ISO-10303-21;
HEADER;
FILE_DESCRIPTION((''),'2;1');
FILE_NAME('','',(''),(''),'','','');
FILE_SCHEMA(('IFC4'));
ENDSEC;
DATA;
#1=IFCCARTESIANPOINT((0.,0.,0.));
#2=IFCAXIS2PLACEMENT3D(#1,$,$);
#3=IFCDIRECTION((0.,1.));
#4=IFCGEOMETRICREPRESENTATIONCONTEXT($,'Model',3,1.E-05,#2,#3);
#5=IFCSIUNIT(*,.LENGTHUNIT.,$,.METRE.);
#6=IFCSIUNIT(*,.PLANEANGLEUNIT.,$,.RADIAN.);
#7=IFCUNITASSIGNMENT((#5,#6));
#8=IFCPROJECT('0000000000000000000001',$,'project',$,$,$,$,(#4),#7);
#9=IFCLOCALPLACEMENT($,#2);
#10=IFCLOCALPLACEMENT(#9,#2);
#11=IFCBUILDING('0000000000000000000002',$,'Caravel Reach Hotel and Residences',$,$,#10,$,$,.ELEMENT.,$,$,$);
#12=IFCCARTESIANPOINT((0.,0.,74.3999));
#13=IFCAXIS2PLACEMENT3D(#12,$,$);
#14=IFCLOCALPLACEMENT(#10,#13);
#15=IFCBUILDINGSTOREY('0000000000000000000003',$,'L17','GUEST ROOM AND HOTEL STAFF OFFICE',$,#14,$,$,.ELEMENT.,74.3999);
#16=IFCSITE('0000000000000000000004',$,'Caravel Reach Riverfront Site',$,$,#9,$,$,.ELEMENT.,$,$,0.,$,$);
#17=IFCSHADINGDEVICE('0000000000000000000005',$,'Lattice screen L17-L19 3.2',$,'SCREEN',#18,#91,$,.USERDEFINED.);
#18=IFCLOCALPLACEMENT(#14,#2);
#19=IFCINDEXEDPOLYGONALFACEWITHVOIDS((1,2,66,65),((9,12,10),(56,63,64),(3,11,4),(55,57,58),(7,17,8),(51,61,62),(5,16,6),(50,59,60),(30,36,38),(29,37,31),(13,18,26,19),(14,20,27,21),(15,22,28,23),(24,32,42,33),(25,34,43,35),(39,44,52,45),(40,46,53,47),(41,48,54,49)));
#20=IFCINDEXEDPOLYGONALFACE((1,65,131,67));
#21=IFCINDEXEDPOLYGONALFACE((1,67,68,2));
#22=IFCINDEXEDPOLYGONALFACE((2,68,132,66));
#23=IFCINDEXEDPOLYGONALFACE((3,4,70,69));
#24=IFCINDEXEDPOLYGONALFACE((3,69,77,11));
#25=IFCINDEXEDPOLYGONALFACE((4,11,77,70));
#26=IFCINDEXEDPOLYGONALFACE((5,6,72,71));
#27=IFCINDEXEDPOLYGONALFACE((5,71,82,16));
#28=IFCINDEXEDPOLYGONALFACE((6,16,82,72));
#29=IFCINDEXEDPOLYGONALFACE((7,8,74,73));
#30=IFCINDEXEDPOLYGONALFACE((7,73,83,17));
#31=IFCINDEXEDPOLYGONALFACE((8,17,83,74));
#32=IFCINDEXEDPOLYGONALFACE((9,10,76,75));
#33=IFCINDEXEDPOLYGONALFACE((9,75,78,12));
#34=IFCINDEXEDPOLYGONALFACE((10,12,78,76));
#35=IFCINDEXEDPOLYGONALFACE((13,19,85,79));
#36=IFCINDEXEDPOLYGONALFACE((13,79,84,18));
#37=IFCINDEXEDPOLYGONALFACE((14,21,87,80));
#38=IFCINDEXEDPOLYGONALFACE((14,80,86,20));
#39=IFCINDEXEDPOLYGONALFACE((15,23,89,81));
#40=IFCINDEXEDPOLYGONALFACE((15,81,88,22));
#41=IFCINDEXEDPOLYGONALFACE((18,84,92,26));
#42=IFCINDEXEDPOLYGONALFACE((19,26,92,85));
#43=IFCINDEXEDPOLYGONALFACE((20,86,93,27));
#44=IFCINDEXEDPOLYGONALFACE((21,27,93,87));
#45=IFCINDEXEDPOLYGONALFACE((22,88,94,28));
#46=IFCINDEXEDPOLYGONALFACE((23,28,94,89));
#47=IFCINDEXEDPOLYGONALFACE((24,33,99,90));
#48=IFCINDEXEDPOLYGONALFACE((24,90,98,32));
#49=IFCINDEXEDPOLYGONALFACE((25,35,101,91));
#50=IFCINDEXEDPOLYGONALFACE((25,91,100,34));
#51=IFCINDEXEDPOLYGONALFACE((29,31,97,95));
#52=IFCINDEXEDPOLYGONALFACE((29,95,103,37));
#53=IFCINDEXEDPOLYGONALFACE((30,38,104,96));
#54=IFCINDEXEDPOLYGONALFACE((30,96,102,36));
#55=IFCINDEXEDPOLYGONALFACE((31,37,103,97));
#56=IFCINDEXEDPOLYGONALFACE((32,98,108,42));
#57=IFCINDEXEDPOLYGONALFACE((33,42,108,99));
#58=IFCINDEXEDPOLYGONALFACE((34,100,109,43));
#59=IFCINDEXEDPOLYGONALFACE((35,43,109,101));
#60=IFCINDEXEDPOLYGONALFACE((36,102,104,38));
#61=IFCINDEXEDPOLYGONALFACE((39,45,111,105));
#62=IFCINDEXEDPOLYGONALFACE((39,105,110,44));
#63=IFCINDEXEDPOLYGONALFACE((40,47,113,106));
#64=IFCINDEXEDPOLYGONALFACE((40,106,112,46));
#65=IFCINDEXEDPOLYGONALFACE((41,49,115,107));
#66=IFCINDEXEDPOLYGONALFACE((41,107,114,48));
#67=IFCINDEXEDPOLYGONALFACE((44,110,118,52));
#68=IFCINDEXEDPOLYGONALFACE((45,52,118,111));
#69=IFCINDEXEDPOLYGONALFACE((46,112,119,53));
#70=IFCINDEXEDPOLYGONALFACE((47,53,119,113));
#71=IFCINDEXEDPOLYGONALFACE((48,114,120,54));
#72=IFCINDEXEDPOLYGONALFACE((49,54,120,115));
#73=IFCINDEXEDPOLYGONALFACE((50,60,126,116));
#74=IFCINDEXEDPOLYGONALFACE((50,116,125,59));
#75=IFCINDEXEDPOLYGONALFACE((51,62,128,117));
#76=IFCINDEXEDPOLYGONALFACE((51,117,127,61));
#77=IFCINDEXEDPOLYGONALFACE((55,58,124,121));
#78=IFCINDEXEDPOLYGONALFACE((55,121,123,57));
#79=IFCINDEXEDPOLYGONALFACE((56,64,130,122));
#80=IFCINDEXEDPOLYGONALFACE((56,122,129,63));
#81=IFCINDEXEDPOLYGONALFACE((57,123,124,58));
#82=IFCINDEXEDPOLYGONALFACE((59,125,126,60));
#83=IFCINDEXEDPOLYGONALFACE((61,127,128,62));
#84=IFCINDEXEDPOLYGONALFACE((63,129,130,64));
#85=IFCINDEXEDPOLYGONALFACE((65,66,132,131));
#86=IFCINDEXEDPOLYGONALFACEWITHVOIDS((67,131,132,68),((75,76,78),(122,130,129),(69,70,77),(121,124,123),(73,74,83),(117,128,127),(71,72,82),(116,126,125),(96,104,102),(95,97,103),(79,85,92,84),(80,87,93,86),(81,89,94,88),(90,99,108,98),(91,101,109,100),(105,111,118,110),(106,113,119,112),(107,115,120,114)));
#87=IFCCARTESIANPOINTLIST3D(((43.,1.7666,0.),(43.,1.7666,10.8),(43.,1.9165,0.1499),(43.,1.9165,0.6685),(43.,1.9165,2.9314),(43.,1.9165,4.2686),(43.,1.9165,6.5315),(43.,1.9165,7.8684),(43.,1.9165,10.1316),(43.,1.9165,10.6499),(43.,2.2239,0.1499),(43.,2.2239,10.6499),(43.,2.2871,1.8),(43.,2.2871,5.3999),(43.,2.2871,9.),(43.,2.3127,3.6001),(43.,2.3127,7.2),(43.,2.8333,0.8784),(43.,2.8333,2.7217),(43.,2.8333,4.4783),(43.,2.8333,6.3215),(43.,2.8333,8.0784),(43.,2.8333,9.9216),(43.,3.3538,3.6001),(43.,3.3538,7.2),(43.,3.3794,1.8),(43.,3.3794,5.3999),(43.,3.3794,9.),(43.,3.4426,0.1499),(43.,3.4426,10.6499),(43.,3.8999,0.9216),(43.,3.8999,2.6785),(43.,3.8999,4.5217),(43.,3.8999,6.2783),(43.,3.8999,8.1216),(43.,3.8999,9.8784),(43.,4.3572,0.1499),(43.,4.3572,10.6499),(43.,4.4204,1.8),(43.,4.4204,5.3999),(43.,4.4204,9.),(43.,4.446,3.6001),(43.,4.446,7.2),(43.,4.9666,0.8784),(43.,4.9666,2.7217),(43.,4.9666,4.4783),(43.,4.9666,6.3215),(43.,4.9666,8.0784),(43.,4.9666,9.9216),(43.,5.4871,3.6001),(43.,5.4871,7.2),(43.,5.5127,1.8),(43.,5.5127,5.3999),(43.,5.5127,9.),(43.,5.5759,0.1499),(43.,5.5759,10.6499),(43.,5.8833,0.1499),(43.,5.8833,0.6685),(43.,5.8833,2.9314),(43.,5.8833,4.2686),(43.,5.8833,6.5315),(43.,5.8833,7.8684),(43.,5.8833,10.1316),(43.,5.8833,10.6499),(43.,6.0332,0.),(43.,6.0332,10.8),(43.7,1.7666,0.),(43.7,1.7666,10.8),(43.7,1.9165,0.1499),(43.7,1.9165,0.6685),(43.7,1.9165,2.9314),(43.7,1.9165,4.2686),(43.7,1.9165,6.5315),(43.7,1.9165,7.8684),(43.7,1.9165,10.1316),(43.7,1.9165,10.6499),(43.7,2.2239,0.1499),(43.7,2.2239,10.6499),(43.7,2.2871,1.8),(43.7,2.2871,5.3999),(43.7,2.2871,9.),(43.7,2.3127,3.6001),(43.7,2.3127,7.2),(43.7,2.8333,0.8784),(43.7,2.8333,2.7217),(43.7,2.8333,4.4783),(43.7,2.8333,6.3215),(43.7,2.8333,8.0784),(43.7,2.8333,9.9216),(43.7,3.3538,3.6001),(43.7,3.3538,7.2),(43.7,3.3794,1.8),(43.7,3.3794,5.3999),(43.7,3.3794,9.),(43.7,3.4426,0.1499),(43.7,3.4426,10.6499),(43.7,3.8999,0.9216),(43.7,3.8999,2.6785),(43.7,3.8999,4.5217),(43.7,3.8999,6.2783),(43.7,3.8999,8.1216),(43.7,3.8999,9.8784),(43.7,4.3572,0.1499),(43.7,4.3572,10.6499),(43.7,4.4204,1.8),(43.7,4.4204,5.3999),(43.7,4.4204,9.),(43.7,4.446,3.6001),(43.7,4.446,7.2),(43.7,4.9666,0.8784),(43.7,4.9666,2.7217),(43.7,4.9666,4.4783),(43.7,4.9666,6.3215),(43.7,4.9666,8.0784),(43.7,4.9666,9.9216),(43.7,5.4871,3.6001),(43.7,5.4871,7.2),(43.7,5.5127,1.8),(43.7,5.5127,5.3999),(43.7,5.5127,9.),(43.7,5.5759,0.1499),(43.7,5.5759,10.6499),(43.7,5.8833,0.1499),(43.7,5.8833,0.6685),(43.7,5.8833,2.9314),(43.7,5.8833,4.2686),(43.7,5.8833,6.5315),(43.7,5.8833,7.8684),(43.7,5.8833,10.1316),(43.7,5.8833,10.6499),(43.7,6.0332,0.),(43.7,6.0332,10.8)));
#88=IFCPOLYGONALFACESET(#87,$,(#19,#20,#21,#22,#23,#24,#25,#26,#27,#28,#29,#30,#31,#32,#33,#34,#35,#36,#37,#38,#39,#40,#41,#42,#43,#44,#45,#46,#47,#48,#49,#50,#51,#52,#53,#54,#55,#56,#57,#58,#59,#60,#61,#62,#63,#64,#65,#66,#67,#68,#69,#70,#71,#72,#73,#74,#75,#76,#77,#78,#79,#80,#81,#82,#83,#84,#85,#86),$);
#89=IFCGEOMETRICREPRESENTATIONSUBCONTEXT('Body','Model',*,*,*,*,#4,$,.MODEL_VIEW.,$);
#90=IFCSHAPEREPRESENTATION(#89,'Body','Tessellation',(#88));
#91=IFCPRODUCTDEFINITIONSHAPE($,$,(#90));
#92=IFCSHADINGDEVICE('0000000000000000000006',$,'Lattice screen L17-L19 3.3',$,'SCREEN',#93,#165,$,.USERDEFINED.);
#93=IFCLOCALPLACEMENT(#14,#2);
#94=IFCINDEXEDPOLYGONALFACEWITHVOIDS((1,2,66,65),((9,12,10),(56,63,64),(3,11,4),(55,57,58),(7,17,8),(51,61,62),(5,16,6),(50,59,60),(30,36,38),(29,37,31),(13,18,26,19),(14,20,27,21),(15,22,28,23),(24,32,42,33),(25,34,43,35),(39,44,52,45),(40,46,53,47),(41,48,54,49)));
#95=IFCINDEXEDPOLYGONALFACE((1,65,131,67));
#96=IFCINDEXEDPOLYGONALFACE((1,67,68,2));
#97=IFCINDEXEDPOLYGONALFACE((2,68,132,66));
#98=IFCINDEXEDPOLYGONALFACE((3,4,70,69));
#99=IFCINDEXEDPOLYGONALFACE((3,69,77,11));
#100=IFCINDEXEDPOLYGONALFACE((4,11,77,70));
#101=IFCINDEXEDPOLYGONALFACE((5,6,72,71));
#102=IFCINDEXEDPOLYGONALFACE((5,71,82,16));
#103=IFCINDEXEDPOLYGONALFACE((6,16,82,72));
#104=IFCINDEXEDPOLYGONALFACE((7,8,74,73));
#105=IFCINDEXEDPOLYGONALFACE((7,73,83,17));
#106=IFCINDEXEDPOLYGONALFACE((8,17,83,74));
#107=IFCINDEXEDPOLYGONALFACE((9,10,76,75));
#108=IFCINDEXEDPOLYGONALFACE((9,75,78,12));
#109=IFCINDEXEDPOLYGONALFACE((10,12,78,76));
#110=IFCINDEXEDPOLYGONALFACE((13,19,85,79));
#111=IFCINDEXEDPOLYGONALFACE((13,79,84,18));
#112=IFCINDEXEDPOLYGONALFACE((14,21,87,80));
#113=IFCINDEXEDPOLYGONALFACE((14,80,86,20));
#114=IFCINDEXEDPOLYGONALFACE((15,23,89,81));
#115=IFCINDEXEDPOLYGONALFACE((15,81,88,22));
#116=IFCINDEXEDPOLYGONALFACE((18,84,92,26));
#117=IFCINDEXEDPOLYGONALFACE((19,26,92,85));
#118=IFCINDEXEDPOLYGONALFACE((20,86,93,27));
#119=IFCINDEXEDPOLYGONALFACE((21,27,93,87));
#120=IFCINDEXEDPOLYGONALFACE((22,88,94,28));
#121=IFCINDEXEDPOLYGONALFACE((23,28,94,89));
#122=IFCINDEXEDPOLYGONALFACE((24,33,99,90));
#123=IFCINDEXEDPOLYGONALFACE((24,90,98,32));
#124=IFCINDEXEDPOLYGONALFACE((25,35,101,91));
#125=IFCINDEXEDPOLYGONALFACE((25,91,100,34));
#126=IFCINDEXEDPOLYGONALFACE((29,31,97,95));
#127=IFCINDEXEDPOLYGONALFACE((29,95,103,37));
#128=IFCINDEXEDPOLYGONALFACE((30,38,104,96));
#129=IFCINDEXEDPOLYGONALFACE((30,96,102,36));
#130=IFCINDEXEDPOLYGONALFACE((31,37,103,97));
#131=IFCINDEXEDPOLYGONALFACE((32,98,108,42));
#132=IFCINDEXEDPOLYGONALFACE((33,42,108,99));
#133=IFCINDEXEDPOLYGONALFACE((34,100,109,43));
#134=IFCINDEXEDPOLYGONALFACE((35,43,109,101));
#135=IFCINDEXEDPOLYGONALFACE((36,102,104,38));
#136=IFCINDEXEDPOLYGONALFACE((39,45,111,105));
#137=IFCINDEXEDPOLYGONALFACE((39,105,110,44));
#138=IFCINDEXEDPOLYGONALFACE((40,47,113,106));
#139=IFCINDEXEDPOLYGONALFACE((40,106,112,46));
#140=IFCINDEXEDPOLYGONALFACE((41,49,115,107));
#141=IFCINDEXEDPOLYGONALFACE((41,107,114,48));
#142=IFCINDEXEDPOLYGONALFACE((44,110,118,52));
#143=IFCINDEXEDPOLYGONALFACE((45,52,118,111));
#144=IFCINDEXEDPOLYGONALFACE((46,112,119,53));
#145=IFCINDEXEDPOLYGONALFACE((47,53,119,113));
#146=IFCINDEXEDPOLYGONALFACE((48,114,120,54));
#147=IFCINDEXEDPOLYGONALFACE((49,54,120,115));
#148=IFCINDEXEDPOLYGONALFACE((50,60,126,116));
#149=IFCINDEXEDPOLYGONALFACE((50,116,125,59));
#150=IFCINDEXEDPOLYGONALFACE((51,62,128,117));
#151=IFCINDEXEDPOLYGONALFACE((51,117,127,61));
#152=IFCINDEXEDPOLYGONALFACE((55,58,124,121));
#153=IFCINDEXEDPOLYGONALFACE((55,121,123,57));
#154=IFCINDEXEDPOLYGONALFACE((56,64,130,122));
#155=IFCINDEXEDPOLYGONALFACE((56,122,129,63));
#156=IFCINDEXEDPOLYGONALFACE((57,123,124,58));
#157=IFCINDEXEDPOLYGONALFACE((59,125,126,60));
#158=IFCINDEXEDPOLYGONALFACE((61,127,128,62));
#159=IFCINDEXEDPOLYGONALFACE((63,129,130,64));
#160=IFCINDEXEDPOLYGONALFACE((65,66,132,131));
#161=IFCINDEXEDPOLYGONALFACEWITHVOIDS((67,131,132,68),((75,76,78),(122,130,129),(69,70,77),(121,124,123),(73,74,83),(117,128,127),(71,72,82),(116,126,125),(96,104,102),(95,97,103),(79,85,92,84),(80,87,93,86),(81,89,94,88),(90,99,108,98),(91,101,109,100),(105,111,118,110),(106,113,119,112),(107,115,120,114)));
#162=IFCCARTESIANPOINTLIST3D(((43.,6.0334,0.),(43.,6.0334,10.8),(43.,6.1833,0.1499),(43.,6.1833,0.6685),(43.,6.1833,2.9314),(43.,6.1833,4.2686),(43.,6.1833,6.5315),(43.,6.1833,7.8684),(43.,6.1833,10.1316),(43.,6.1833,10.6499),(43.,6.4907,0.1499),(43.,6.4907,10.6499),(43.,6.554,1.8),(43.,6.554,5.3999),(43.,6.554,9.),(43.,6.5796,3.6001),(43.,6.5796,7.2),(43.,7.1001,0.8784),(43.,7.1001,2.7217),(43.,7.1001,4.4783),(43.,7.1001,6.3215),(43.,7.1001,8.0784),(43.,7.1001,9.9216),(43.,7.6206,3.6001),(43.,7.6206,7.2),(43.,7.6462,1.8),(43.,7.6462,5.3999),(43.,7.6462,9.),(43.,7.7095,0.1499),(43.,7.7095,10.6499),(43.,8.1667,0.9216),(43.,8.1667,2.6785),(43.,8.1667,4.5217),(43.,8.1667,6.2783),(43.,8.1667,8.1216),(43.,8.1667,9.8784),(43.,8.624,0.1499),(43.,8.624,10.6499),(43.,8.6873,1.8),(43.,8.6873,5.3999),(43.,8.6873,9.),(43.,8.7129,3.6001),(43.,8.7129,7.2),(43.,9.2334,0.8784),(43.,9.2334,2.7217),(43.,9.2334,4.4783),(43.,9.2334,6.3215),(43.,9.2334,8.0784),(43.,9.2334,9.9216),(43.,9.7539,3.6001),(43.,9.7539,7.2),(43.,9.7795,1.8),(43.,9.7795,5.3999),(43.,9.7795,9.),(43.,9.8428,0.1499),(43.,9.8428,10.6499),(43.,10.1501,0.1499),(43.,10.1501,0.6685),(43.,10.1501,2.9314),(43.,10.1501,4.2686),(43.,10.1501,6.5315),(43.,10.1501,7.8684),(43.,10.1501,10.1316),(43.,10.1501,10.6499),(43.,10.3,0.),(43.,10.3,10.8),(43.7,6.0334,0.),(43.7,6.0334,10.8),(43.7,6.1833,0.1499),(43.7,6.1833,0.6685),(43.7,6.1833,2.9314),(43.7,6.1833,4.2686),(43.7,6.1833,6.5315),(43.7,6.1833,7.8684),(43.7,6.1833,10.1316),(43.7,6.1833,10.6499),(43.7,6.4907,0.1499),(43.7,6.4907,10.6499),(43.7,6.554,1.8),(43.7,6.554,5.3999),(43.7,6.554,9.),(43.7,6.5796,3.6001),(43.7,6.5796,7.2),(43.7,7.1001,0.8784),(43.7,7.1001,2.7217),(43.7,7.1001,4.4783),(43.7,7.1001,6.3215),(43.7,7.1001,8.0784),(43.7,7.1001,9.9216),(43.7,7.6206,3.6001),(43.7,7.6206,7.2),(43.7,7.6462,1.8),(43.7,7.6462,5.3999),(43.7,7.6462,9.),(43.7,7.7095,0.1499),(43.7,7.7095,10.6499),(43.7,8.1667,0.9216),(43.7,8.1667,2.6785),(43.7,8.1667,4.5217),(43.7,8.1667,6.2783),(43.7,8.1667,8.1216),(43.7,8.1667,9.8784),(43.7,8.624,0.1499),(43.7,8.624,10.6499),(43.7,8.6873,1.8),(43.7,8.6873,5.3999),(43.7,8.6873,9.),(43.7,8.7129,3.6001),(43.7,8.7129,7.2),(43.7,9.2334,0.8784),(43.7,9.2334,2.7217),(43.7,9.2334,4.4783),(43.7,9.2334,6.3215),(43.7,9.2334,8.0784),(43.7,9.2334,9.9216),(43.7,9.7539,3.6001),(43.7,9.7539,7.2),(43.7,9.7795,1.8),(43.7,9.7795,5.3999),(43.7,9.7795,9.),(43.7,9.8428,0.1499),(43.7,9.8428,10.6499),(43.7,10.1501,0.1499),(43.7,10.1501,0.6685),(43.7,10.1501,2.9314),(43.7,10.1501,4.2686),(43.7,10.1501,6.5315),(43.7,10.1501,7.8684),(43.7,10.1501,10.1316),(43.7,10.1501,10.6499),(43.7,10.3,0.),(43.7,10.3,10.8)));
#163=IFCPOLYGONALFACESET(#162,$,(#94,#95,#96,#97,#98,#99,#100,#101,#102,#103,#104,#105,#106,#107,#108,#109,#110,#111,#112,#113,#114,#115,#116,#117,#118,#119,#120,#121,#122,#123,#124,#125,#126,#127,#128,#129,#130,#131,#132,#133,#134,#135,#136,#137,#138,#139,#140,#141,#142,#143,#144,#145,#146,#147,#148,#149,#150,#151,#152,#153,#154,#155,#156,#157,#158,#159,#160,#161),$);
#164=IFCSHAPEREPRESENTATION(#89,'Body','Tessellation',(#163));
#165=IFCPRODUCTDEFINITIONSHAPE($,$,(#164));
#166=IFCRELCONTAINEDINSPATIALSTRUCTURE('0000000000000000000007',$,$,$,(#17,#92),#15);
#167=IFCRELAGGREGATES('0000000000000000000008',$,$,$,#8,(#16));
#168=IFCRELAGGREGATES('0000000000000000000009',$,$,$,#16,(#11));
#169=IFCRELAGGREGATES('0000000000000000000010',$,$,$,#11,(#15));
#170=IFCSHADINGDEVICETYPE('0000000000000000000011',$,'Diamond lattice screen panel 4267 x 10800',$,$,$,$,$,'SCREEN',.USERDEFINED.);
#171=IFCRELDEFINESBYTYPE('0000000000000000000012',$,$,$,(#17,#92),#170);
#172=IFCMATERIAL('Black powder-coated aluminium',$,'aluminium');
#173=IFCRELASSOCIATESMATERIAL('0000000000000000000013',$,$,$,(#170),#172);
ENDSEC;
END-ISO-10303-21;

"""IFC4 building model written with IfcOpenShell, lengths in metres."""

from ifc_helpers import new_model, si_unit, direction, frame, origin, place, context, subcontext, project, spatial, polyline, outline, extrude, material, type_object, element, save


model = new_model("IFC4")

# Units and contexts
model_context = context("Model", 3, precision=1e-05, world=origin(), true_north=direction((0.0, 1.0)))
body_context = subcontext(model_context, "Body", "Model", "MODEL_VIEW")
ifc_project = project(units=[si_unit("LENGTHUNIT", "METRE"), si_unit("PLANEANGLEUNIT", "RADIAN")], contexts=[model_context])

# Site, building, storey
site_placement = place(None, origin())
site = spatial("IfcSite", under=ifc_project, at=site_placement, Name="Caravel Reach Riverfront Site", CompositionType="ELEMENT", RefElevation=0.0)
building_placement = place(site_placement, origin())
building = spatial("IfcBuilding", under=site, at=building_placement, Name="Caravel Reach Hotel and Residences", CompositionType="ELEMENT")
storey_placement = place(building_placement, frame((0.0, 0.0, 74.3999)))
storey = spatial("IfcBuildingStorey", under=building, at=storey_placement, Name="L17", Description="GUEST ROOM AND HOTEL STAFF OFFICE", CompositionType="ELEMENT", Elevation=74.3999)

# Shading devices
ifc_material_1 = material(Name="Black powder-coated aluminium", Category="aluminium")
shading_device_type = type_object("IfcShadingDeviceType", Name="Diamond lattice screen panel 4267 x 10800", ElementType="SCREEN", PredefinedType="USERDEFINED", material=ifc_material_1)
shading_device_1_placement = place(storey_placement, frame((43.0, 1.7666, 0.0), z_axis=(1.0, 0.0, 0.0), x_axis=(0.0, 1.0, 0.0)))
element("IfcShadingDevice", 1, at=shading_device_1_placement, inside=storey, type_object=shading_device_type, Name="Lattice screen L17-L19 3.2", ObjectType="SCREEN", PredefinedType="USERDEFINED", context=body_context, shape_type="SweptSolid", body=[
    extrude(outline(polyline([(0.0, 0.0), (4.2666, 0.0), (4.2666, 10.8), (0.0, 10.8), (0.0, 0.0)]), holes=[polyline([(0.4573, 0.1499), (0.1499, 0.6685), (0.1499, 0.1499), (0.4573, 0.1499)]), polyline([(0.5461, 3.6001), (0.1499, 4.2686), (0.1499, 2.9314), (0.5461, 3.6001)]), polyline([(0.5461, 7.2), (0.1499, 7.8684), (0.1499, 6.5315), (0.5461, 7.2)]), polyline([(0.1499, 10.1316), (0.4573, 10.6499), (0.1499, 10.6499), (0.1499, 10.1316)]), polyline([(1.0667, 2.7217), (0.5205, 1.8), (1.0667, 0.8784), (1.6128, 1.8), (1.0667, 2.7217)]), polyline([(1.0667, 6.3215), (0.5205, 5.3999), (1.0667, 4.4783), (1.6128, 5.3999), (1.0667, 6.3215)]), polyline([(1.0667, 9.9216), (0.5205, 9.0), (1.0667, 8.0784), (1.6128, 9.0), (1.0667, 9.9216)]), polyline([(2.1333, 0.9216), (1.676, 0.1499), (2.5906, 0.1499), (2.1333, 0.9216)]), polyline([(2.1333, 4.5217), (1.5872, 3.6001), (2.1333, 2.6785), (2.6794, 3.6001), (2.1333, 4.5217)]), polyline([(2.1333, 8.1216), (1.5872, 7.2), (2.1333, 6.2783), (2.6794, 7.2), (2.1333, 8.1216)]), polyline([(2.1333, 9.8784), (2.5906, 10.6499), (1.676, 10.6499), (2.1333, 9.8784)]), polyline([(3.2, 2.7217), (2.6538, 1.8), (3.2, 0.8784), (3.7461, 1.8), (3.2, 2.7217)]), polyline([(3.2, 6.3215), (2.6538, 5.3999), (3.2, 4.4783), (3.7461, 5.3999), (3.2, 6.3215)]), polyline([(3.2, 9.9216), (2.6538, 9.0), (3.2, 8.0784), (3.7461, 9.0), (3.2, 9.9216)]), polyline([(4.1167, 0.6685), (3.8093, 0.1499), (4.1167, 0.1499), (4.1167, 0.6685)]), polyline([(3.7205, 3.6001), (4.1167, 2.9314), (4.1167, 4.2686), (3.7205, 3.6001)]), polyline([(3.7205, 7.2), (4.1167, 6.5315), (4.1167, 7.8684), (3.7205, 7.2)]), polyline([(3.8093, 10.6499), (4.1167, 10.1316), (4.1167, 10.6499), (3.8093, 10.6499)])]), origin(), (0.0, 0.0, 1.0), 0.7),
])
shading_device_2_placement = place(storey_placement, frame((43.0, 6.0334, 0.0), z_axis=(1.0, 0.0, 0.0), x_axis=(0.0, 1.0, 0.0)))
element("IfcShadingDevice", 2, at=shading_device_2_placement, inside=storey, type_object=shading_device_type, Name="Lattice screen L17-L19 3.3", ObjectType="SCREEN", PredefinedType="USERDEFINED", context=body_context, shape_type="SweptSolid", body=[
    extrude(outline(polyline([(0.0, 0.0), (4.2666, 0.0), (4.2666, 10.8), (0.0, 10.8), (0.0, 0.0)]), holes=[polyline([(0.4573, 0.1499), (0.1499, 0.6685), (0.1499, 0.1499), (0.4573, 0.1499)]), polyline([(0.5461, 3.6001), (0.1499, 4.2686), (0.1499, 2.9314), (0.5461, 3.6001)]), polyline([(0.5461, 7.2), (0.1499, 7.8684), (0.1499, 6.5315), (0.5461, 7.2)]), polyline([(0.1499, 10.1316), (0.4573, 10.6499), (0.1499, 10.6499), (0.1499, 10.1316)]), polyline([(1.0667, 2.7217), (0.5205, 1.8), (1.0667, 0.8784), (1.6128, 1.8), (1.0667, 2.7217)]), polyline([(1.0667, 6.3215), (0.5205, 5.3999), (1.0667, 4.4783), (1.6128, 5.3999), (1.0667, 6.3215)]), polyline([(1.0667, 9.9216), (0.5205, 9.0), (1.0667, 8.0784), (1.6128, 9.0), (1.0667, 9.9216)]), polyline([(2.1333, 0.9216), (1.676, 0.1499), (2.5906, 0.1499), (2.1333, 0.9216)]), polyline([(2.1333, 4.5217), (1.5872, 3.6001), (2.1333, 2.6785), (2.6794, 3.6001), (2.1333, 4.5217)]), polyline([(2.1333, 8.1216), (1.5872, 7.2), (2.1333, 6.2783), (2.6794, 7.2), (2.1333, 8.1216)]), polyline([(2.1333, 9.8784), (2.5906, 10.6499), (1.676, 10.6499), (2.1333, 9.8784)]), polyline([(3.2, 2.7217), (2.6538, 1.8), (3.2, 0.8784), (3.7461, 1.8), (3.2, 2.7217)]), polyline([(3.2, 6.3215), (2.6538, 5.3999), (3.2, 4.4783), (3.7461, 5.3999), (3.2, 6.3215)]), polyline([(3.2, 9.9216), (2.6538, 9.0), (3.2, 8.0784), (3.7461, 9.0), (3.2, 9.9216)]), polyline([(4.1167, 0.6685), (3.8093, 0.1499), (4.1167, 0.1499), (4.1167, 0.6685)]), polyline([(3.7205, 3.6001), (4.1167, 2.9314), (4.1167, 4.2686), (3.7205, 3.6001)]), polyline([(3.7205, 7.2), (4.1167, 6.5315), (4.1167, 7.8684), (3.7205, 7.2)]), polyline([(3.8093, 10.6499), (4.1167, 10.1316), (4.1167, 10.6499), (3.8093, 10.6499)])]), origin(), (0.0, 0.0, 1.0), 0.7),
])

save(model, "model.ifc")
